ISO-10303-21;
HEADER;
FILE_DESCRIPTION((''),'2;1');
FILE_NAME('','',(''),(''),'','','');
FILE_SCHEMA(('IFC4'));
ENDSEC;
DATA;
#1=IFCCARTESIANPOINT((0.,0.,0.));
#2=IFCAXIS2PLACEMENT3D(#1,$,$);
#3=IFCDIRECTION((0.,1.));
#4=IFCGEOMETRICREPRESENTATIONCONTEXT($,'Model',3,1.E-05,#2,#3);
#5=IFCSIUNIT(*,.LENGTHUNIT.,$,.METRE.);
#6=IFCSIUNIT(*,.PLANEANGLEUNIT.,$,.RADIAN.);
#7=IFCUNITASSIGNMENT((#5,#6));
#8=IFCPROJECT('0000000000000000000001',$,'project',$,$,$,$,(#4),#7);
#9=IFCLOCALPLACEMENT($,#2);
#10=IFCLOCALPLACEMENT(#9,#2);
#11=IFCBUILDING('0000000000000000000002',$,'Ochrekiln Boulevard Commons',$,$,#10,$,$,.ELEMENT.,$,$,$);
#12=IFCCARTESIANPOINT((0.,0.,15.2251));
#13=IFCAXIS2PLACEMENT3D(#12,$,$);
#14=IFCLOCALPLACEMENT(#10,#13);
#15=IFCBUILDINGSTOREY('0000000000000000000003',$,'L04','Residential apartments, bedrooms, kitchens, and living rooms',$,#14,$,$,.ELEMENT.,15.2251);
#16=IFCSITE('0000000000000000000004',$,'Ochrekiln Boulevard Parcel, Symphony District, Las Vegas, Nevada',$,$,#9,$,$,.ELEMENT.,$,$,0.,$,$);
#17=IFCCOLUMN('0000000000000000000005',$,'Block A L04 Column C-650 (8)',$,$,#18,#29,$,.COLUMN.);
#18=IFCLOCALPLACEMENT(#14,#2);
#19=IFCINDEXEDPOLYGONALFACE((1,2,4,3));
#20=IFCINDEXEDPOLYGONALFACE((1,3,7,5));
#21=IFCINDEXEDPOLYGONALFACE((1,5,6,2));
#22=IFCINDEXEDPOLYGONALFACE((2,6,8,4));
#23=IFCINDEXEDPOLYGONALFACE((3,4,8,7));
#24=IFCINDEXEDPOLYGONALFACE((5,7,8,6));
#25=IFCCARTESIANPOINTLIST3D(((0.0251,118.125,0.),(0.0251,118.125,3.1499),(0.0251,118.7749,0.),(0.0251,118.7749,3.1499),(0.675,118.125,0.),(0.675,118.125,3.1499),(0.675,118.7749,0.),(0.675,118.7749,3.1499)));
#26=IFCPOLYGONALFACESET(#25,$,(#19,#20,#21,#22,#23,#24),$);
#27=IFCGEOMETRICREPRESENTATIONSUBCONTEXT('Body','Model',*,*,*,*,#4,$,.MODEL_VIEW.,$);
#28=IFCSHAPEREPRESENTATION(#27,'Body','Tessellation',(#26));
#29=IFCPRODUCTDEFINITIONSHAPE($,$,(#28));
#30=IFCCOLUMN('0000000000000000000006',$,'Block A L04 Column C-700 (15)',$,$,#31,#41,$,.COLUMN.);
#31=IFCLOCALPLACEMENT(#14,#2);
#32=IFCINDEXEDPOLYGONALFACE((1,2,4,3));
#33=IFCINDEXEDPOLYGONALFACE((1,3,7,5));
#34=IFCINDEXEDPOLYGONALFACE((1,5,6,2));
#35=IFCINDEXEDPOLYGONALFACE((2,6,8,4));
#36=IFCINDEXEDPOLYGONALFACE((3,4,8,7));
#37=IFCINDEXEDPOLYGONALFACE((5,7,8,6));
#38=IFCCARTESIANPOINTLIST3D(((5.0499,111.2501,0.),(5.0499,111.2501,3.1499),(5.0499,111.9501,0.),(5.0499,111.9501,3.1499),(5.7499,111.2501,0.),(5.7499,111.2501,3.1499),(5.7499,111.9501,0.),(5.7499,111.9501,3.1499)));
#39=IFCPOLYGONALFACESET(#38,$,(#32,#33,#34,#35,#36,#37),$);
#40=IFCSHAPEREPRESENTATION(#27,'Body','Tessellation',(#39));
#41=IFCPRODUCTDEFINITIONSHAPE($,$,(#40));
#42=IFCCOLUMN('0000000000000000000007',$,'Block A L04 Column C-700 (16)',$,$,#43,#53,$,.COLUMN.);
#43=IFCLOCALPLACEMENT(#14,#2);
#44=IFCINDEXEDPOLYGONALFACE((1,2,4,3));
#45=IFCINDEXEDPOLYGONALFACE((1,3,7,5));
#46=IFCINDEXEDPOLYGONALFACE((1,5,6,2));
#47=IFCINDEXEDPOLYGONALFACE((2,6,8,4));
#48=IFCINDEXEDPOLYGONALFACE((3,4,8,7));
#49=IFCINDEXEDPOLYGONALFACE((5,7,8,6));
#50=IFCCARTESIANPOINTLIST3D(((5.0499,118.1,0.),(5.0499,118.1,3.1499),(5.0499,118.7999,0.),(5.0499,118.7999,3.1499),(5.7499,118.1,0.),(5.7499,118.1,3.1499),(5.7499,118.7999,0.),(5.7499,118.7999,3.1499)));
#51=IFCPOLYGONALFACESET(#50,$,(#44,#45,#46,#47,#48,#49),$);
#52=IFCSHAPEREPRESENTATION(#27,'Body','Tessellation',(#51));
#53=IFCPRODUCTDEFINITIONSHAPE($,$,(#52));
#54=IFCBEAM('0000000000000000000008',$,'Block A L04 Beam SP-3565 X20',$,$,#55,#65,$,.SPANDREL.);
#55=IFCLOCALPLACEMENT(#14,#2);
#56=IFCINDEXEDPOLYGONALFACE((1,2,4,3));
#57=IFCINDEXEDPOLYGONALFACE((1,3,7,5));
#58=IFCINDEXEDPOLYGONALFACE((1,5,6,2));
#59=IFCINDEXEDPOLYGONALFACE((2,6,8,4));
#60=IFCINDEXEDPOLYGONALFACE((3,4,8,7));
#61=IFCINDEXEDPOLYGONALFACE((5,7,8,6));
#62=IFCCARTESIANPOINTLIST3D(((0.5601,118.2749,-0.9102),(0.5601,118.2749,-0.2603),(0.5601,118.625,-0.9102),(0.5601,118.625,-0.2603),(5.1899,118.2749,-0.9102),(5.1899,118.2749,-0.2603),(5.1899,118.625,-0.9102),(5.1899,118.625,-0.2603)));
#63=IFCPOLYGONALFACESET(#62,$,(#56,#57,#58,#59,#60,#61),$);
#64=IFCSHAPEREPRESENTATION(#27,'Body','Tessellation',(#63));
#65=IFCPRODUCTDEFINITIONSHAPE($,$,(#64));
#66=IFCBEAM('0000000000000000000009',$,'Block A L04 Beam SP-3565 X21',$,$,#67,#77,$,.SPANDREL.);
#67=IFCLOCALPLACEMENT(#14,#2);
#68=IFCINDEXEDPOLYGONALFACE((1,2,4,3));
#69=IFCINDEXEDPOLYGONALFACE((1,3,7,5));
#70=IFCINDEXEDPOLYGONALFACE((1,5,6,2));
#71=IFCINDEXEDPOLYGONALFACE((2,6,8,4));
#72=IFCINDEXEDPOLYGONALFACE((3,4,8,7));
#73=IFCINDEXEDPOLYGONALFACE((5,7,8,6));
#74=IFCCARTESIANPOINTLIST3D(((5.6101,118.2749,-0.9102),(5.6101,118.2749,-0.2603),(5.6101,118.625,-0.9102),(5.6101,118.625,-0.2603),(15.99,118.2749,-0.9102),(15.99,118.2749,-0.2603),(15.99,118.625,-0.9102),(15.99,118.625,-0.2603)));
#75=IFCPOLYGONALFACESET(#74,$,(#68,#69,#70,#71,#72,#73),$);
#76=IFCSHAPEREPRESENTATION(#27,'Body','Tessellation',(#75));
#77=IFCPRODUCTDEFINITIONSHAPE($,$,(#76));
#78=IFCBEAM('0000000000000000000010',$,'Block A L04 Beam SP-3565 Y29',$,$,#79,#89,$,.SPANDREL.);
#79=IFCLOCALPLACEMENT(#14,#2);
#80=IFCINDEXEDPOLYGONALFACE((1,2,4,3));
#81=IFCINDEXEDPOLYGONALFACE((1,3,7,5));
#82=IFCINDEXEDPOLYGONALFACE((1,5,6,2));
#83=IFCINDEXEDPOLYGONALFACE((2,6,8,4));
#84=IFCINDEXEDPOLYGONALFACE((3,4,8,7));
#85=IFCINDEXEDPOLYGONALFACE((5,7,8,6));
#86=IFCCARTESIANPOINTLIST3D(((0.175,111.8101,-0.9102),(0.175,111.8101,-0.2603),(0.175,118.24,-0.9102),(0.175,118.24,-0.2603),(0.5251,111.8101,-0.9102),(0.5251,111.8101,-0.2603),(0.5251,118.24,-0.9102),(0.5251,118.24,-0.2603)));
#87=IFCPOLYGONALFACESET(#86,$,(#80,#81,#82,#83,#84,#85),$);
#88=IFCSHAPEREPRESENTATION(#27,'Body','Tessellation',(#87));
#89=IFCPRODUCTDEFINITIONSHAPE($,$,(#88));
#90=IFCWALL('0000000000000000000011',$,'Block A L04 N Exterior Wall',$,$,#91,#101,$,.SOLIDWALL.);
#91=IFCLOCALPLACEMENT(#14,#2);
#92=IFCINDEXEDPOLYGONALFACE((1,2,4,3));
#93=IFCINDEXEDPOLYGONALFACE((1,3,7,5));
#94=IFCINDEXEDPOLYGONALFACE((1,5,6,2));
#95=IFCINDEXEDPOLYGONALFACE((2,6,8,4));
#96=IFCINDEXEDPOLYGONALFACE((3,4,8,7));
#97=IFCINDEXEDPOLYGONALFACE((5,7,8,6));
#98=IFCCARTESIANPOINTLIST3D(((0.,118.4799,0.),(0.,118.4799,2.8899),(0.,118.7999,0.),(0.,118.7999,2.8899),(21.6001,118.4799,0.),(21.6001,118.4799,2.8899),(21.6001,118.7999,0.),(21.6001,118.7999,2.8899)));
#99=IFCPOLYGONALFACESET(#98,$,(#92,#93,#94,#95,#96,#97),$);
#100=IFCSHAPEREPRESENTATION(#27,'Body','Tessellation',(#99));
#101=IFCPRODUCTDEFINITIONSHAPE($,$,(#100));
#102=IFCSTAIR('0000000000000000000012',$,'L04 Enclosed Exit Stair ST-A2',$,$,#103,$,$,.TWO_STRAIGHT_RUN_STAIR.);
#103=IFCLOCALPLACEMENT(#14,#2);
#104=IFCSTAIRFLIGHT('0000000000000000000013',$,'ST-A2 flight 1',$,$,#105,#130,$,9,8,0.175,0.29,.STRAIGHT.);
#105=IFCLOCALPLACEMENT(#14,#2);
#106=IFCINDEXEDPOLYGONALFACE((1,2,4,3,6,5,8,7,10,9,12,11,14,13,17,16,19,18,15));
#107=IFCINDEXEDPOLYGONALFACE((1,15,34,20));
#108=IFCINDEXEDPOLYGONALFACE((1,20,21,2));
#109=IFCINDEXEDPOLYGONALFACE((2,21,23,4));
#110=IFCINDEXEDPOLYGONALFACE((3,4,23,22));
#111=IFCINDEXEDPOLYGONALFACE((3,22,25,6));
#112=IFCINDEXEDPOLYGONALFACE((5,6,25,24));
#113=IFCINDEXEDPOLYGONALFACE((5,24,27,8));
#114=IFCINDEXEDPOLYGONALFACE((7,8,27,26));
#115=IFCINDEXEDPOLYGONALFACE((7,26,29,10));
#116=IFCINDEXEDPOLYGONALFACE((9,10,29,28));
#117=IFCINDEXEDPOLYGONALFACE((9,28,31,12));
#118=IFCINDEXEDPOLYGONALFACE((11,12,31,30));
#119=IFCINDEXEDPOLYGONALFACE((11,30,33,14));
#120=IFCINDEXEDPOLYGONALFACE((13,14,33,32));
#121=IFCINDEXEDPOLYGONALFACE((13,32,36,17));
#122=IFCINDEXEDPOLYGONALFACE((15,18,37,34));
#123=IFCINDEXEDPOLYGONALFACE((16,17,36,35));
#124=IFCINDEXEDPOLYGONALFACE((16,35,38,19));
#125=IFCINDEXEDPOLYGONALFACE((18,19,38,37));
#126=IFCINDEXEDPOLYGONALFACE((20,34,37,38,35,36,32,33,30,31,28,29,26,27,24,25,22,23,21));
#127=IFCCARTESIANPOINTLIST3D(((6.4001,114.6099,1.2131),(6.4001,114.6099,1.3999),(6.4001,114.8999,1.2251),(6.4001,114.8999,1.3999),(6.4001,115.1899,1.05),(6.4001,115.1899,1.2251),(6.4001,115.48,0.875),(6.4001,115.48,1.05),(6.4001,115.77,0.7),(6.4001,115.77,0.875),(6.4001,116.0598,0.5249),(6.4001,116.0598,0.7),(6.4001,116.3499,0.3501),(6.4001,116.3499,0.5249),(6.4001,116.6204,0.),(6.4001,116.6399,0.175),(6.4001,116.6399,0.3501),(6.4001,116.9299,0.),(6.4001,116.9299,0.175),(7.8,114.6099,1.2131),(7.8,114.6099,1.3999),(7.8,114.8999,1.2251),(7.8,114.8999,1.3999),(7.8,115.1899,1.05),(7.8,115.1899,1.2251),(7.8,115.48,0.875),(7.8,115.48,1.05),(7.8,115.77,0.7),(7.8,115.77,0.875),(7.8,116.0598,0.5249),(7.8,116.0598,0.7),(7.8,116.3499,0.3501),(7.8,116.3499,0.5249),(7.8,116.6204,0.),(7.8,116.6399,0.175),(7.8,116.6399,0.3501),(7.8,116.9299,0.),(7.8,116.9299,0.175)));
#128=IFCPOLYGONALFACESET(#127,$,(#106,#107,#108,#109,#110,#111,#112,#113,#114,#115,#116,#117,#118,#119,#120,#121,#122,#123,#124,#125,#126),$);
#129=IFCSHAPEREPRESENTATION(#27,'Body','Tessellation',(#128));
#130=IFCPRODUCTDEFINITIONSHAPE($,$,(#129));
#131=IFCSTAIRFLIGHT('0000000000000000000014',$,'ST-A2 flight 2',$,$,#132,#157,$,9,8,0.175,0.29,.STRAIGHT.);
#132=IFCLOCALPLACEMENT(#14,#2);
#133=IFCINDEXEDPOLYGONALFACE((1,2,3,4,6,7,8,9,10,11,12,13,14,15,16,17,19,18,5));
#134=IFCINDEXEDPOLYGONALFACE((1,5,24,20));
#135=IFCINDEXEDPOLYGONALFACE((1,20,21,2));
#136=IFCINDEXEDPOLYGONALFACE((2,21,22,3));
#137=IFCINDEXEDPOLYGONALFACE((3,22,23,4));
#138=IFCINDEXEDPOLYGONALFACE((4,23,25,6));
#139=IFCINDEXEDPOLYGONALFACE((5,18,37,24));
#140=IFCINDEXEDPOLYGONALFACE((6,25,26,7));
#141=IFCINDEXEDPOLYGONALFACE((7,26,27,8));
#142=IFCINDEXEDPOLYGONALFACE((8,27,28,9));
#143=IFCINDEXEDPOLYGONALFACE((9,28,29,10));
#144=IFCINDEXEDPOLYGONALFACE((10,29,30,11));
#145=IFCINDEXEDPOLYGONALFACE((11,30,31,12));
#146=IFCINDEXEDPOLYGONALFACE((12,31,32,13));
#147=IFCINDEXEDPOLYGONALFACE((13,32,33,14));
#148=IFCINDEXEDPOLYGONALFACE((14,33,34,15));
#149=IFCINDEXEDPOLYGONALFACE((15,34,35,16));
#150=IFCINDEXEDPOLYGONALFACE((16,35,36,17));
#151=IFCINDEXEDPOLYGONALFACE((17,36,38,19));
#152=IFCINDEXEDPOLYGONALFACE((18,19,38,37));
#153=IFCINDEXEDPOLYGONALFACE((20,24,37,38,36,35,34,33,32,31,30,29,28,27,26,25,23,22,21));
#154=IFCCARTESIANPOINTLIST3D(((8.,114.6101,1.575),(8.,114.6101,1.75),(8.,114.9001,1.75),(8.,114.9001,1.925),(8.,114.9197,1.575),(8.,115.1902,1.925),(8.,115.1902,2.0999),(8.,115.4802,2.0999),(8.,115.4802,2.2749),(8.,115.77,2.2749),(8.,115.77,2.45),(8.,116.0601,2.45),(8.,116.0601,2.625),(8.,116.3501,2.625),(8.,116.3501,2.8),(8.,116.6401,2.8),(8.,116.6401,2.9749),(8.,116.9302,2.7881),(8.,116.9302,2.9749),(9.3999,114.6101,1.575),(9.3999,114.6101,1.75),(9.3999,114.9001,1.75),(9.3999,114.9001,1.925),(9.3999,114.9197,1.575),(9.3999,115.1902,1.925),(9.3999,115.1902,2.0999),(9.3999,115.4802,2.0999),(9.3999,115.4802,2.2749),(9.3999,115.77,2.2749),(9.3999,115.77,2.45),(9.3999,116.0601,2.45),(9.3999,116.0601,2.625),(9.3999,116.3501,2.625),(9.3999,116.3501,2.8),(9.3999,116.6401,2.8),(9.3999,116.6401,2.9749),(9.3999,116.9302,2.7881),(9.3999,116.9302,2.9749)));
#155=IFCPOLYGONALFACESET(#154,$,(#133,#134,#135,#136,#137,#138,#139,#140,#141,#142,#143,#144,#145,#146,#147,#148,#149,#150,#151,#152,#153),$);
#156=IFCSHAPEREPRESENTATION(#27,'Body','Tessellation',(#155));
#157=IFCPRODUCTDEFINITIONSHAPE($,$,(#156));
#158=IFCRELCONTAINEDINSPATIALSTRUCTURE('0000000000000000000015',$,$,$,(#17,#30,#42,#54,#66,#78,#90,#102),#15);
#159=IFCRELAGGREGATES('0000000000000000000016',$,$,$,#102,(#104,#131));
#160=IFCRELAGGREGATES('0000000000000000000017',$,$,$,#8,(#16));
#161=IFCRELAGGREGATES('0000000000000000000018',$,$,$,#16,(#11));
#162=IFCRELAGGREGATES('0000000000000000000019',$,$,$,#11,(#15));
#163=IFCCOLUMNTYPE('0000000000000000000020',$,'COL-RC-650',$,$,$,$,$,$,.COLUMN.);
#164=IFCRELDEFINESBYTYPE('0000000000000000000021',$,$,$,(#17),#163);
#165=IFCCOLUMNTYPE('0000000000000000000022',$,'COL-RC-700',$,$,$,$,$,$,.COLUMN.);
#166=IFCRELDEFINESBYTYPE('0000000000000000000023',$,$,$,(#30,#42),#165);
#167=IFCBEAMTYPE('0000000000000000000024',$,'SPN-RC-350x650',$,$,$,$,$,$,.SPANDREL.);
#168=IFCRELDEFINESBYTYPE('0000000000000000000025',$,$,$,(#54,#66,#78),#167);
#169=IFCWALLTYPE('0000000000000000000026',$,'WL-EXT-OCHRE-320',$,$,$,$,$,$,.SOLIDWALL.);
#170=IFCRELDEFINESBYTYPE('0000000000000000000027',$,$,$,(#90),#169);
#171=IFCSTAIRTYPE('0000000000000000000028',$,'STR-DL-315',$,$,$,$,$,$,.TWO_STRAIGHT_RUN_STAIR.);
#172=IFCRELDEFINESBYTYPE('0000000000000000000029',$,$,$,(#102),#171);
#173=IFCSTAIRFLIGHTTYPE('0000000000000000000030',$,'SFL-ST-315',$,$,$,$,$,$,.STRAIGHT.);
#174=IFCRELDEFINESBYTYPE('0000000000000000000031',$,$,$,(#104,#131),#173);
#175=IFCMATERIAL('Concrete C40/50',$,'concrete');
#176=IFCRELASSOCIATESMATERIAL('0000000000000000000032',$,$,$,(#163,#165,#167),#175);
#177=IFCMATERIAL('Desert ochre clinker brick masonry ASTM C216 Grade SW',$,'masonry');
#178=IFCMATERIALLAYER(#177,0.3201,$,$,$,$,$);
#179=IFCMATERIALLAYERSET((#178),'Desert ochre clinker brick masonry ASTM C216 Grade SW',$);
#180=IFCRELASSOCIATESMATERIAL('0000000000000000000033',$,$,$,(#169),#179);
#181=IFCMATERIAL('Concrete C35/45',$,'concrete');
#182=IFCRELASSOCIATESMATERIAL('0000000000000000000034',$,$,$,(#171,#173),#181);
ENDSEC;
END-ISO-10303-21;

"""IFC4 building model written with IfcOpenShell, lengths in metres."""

from ifc_helpers import new_model, si_unit, direction, frame, frame_2d, origin, origin_2d, place, context, subcontext, project, spatial, polyline, rectangle, outline, extrude, material, layer, layer_set, material_profile, profile_set, type_object, element, aggregate, save


model = new_model("IFC4")

# Units and contexts
model_context = context("Model", 3, precision=1e-05, world=origin(), true_north=direction((0.0, 1.0)))
body_context = subcontext(model_context, "Body", "Model", "MODEL_VIEW")
ifc_project = project(units=[si_unit("LENGTHUNIT", "METRE"), si_unit("PLANEANGLEUNIT", "RADIAN")], contexts=[model_context])

# Site, building, storey
site_placement = place(None, origin())
site = spatial("IfcSite", under=ifc_project, at=site_placement, Name="Ochrekiln Boulevard Parcel, Symphony District, Las Vegas, Nevada", CompositionType="ELEMENT", RefElevation=0.0)
building_placement = place(site_placement, origin())
building = spatial("IfcBuilding", under=site, at=building_placement, Name="Ochrekiln Boulevard Commons", CompositionType="ELEMENT")
storey_placement = place(building_placement, frame((0.0, 0.0, 15.2251)))
storey = spatial("IfcBuildingStorey", under=building, at=storey_placement, Name="L04", Description="Residential apartments, bedrooms, kitchens, and living rooms", CompositionType="ELEMENT", Elevation=15.2251)

# Columns
ifc_material_1 = material(Name="Concrete C40/50", Category="concrete")
ifc_material_profile_1 = material_profile(ifc_material_1, rectangle(XDim=0.6499, YDim=0.6499, at=origin_2d()), Name="RC-COL-650x650")
ifc_profile_set_1 = profile_set([ifc_material_profile_1], Name="Concrete C40/50")
column_type_1 = type_object("IfcColumnType", Name="COL-RC-650", PredefinedType="COLUMN", material=ifc_profile_set_1)
column_placement = place(storey_placement, frame((0.3501, 118.45, 0.0), z_axis=(0.0, 0.0, 1.0), x_axis=(1.0, 0.0, 0.0)))
element("IfcColumn", 1, at=column_placement, inside=storey, type_object=column_type_1, Name="Block A L04 Column C-650 (8)", PredefinedType="COLUMN", context=body_context, shape_type="SweptSolid", body=[
    extrude(rectangle(XDim=0.6499, YDim=0.6499, at=origin_2d()), origin(), (0.0, 0.0, 1.0), 3.1499),
])
ifc_material_profile_2 = material_profile(ifc_material_1, rectangle(XDim=0.7, YDim=0.7, at=origin_2d()), Name="RC-COL-700x700")
ifc_profile_set_2 = profile_set([ifc_material_profile_2], Name="Concrete C40/50")
column_type_2 = type_object("IfcColumnType", Name="COL-RC-700", PredefinedType="COLUMN", material=ifc_profile_set_2)
for number, where, z_axis, x_axis, name in (
    (2, (5.3999, 111.6001, 0.0), (0.0, 0.0, 1.0), (1.0, 0.0, 0.0), "Block A L04 Column C-700 (15)"),
    (3, (5.3999, 118.45, 0.0), (0.0, 0.0, 1.0), (1.0, 0.0, 0.0), "Block A L04 Column C-700 (16)"),
):
    element("IfcColumn", number, at=place(storey_placement, frame(where, z_axis=z_axis, x_axis=x_axis)), inside=storey, type_object=column_type_2, Name=name, PredefinedType="COLUMN", context=body_context, shape_type="SweptSolid", body=[
        extrude(rectangle(XDim=0.7, YDim=0.7, at=origin_2d()), origin(), (0.0, 0.0, 1.0), 3.1499),
    ])

# Beams
ifc_material_profile_3 = material_profile(ifc_material_1, rectangle(XDim=0.3501, YDim=0.6499, at=origin_2d()), Name="RC-SPN-350x650")
ifc_profile_set_3 = profile_set([ifc_material_profile_3], Name="Concrete C40/50")
beam_type = type_object("IfcBeamType", Name="SPN-RC-350x650", PredefinedType="SPANDREL", material=ifc_profile_set_3)
beam_1_placement = place(storey_placement, frame((0.5601, 118.45, -0.5852), z_axis=(1.0, 0.0, 0.0), x_axis=(0.0, 1.0, 0.0)))
element("IfcBeam", 4, at=beam_1_placement, inside=storey, type_object=beam_type, Name="Block A L04 Beam SP-3565 X20", PredefinedType="SPANDREL", context=body_context, shape_type="SweptSolid", body=[
    extrude(rectangle(XDim=0.3501, YDim=0.6499, at=origin_2d()), origin(), (0.0, 0.0, 1.0), 4.6299),
])
beam_2_placement = place(storey_placement, frame((5.6101, 118.45, -0.5852), z_axis=(1.0, 0.0, 0.0), x_axis=(0.0, 1.0, 0.0)))
element("IfcBeam", 5, at=beam_2_placement, inside=storey, type_object=beam_type, Name="Block A L04 Beam SP-3565 X21", PredefinedType="SPANDREL", context=body_context, shape_type="SweptSolid", body=[
    extrude(rectangle(XDim=0.3501, YDim=0.6499, at=origin_2d()), origin(), (0.0, 0.0, 1.0), 10.3799),
])
beam_3_placement = place(storey_placement, frame((0.3501, 111.8101, -0.5852), z_axis=(0.0, 1.0, 0.0), x_axis=(-1.0, 0.0, 0.0)))
element("IfcBeam", 6, at=beam_3_placement, inside=storey, type_object=beam_type, Name="Block A L04 Beam SP-3565 Y29", PredefinedType="SPANDREL", context=body_context, shape_type="SweptSolid", body=[
    extrude(rectangle(XDim=0.3501, YDim=0.6499, at=origin_2d()), origin(), (0.0, 0.0, 1.0), 6.4299),
])

# Wall
ifc_material_2 = material(Name="Desert ochre clinker brick masonry ASTM C216 Grade SW", Category="masonry")
ifc_layer_1 = layer(ifc_material_2, 0.3201)
ifc_layer_set_1 = layer_set([ifc_layer_1], Name="Desert ochre clinker brick masonry ASTM C216 Grade SW")
wall_type_1 = type_object("IfcWallType", Name="WL-EXT-OCHRE-320", PredefinedType="SOLIDWALL", material=ifc_layer_set_1)
wall_1_placement = place(storey_placement, frame((0.0, 118.6399, 0.0), z_axis=(0.0, 0.0, 1.0), x_axis=(1.0, 0.0, 0.0)))
element("IfcWall", 7, at=wall_1_placement, inside=storey, type_object=wall_type_1, Name="Block A L04 N Exterior Wall", PredefinedType="SOLIDWALL", context=body_context, shape_type="SweptSolid", body=[
    extrude(rectangle(XDim=21.6001, YDim=0.3201, at=frame_2d((10.8, 0.0))), origin(), (0.0, 0.0, 1.0), 2.8899),
])

# Stair, stair flights
ifc_material_3 = material(Name="Concrete C35/45", Category="concrete")
stair_type = type_object("IfcStairType", Name="STR-DL-315", PredefinedType="TWO_STRAIGHT_RUN_STAIR", material=ifc_material_3)
stair_placement = place(storey_placement, origin())
stair = element("IfcStair", 8, at=stair_placement, inside=storey, type_object=stair_type, Name="L04 Enclosed Exit Stair ST-A2", PredefinedType="TWO_STRAIGHT_RUN_STAIR")
stair_flight_type = type_object("IfcStairFlightType", Name="SFL-ST-315", PredefinedType="STRAIGHT", material=ifc_material_3)
stair_flight_1_placement = place(storey_placement, frame((7.1001, 116.9299, 0.0), z_axis=(0.0, 0.0, 1.0), x_axis=(0.0, -1.0, 0.0)))
stair_flight_1 = element("IfcStairFlight", 9, at=stair_flight_1_placement, type_object=stair_flight_type, Name="ST-A2 flight 1", NumberOfRisers=9, NumberOfTreads=8, PredefinedType="STRAIGHT", RiserHeight=0.175, TreadLength=0.29, context=body_context, shape_type="SweptSolid", body=[
    extrude(outline(polyline([(0.0, 0.0), (0.0, 0.175), (0.29, 0.175), (0.29, 0.3501), (0.5801, 0.3501), (0.5801, 0.5249), (0.8701, 0.5249), (0.8701, 0.7), (1.1599, 0.7), (1.1599, 0.875), (1.45, 0.875), (1.45, 1.05), (1.74, 1.05), (1.74, 1.2251), (2.03, 1.2251), (2.03, 1.3999), (2.3201, 1.3999), (2.3201, 1.575), (2.3201, 1.2131), (0.3096, 0.0), (0.0, 0.0)])), frame((0.0, 0.7, 0.0), z_axis=(0.0, -1.0, 0.0), x_axis=(1.0, 0.0, 0.0)), (0.0, 0.0, 1.0), 1.3999),
])
stair_flight_2_placement = place(storey_placement, frame((8.7, 114.6101, 1.575), z_axis=(0.0, 0.0, 1.0), x_axis=(0.0, 1.0, 0.0)))
stair_flight_2 = element("IfcStairFlight", 10, at=stair_flight_2_placement, type_object=stair_flight_type, Name="ST-A2 flight 2", NumberOfRisers=9, NumberOfTreads=8, PredefinedType="STRAIGHT", RiserHeight=0.175, TreadLength=0.29, context=body_context, shape_type="SweptSolid", body=[
    extrude(outline(polyline([(0.0, 0.0), (0.0, 0.175), (0.29, 0.175), (0.29, 0.3501), (0.5801, 0.3501), (0.5801, 0.5249), (0.8701, 0.5249), (0.8701, 0.7), (1.1599, 0.7), (1.1599, 0.875), (1.45, 0.875), (1.45, 1.05), (1.74, 1.05), (1.74, 1.2251), (2.03, 1.2251), (2.03, 1.3999), (2.3201, 1.3999), (2.3201, 1.575), (2.3201, 1.2131), (0.3096, 0.0), (0.0, 0.0)])), frame((0.0, 0.7, 0.0), z_axis=(0.0, -1.0, 0.0), x_axis=(1.0, 0.0, 0.0)), (0.0, 0.0, 1.0), 1.3999),
])
aggregate(stair, [stair_flight_1, stair_flight_2])

save(model, "model.ifc")
